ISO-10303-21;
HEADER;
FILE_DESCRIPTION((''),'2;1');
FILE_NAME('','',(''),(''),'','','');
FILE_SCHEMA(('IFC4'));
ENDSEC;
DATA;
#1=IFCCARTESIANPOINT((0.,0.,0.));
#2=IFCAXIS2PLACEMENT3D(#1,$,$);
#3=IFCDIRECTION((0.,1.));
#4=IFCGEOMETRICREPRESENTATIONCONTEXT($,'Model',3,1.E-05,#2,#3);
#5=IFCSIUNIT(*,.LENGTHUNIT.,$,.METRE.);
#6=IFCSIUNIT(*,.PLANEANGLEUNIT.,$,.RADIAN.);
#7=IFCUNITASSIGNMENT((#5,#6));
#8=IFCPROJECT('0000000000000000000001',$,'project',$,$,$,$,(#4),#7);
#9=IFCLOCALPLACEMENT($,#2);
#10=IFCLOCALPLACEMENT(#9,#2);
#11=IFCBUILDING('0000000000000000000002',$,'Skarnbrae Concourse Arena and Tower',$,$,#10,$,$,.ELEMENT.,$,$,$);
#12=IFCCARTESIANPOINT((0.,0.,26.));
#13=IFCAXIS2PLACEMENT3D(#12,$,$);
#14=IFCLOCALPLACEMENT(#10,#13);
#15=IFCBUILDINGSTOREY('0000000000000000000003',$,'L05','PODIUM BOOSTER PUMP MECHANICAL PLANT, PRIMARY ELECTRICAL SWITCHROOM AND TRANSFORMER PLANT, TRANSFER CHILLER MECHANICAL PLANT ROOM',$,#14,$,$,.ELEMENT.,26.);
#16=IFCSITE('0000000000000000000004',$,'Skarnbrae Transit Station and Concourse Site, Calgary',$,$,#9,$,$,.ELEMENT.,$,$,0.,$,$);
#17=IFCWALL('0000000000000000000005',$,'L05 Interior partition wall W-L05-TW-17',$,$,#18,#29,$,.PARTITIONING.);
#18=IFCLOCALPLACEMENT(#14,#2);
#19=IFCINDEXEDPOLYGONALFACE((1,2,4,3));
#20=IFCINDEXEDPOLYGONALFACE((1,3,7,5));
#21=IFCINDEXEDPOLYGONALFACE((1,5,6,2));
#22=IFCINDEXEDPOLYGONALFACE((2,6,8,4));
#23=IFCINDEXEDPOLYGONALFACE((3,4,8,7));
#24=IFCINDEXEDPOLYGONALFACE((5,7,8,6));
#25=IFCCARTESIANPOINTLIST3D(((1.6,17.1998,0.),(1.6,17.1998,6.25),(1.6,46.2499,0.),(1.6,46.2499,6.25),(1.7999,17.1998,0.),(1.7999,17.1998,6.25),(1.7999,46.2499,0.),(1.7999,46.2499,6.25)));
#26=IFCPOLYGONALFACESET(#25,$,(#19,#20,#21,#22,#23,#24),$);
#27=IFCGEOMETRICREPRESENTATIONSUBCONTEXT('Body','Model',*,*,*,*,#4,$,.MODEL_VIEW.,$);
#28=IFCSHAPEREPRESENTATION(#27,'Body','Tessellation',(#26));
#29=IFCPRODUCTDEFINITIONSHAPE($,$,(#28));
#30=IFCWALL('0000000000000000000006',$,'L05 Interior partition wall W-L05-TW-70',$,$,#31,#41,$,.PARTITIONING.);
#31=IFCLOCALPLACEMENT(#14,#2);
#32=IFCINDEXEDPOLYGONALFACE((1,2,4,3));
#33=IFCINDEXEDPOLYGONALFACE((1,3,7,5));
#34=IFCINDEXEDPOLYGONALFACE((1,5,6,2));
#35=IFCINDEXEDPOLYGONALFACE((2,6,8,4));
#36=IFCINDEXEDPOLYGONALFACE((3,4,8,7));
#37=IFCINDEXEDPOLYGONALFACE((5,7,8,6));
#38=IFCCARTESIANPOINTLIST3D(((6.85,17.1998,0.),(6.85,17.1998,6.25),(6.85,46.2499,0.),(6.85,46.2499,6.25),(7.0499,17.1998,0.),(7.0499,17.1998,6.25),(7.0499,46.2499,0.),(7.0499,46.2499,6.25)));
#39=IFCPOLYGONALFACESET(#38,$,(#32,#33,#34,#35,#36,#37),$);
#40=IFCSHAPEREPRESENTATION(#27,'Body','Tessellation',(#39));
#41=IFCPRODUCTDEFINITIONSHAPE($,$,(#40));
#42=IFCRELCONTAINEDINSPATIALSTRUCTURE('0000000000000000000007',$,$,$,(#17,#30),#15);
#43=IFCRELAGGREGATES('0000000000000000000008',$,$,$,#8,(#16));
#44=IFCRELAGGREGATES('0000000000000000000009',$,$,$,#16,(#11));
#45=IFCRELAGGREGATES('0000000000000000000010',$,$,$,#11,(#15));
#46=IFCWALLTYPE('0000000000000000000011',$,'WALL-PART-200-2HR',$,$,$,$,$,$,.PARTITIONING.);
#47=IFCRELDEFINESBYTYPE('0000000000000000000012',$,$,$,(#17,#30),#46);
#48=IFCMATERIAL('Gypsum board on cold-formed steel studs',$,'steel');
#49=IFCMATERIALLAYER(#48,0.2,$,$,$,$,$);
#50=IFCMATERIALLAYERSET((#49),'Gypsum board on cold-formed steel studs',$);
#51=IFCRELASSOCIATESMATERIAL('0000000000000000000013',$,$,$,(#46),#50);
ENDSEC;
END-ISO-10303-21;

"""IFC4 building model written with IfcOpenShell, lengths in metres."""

from ifc_helpers import new_model, si_unit, direction, frame, frame_2d, origin, place, context, subcontext, project, spatial, rectangle, extrude, source, transform, mapped, material, layer, layer_set, type_object, element, save


model = new_model("IFC4")

# Units and contexts
model_context = context("Model", 3, precision=1e-05, world=origin(), true_north=direction((0.0, 1.0)))
body_context = subcontext(model_context, "Body", "Model", "MODEL_VIEW")
ifc_project = project(units=[si_unit("LENGTHUNIT", "METRE"), si_unit("PLANEANGLEUNIT", "RADIAN")], contexts=[model_context])

# Site, building, storey
site_placement = place(None, origin())
site = spatial("IfcSite", under=ifc_project, at=site_placement, Name="Skarnbrae Transit Station and Concourse Site, Calgary", CompositionType="ELEMENT", RefElevation=0.0)
building_placement = place(site_placement, origin())
building = spatial("IfcBuilding", under=site, at=building_placement, Name="Skarnbrae Concourse Arena and Tower", CompositionType="ELEMENT")
storey_placement = place(building_placement, frame((0.0, 0.0, 26.0)))
storey = spatial("IfcBuildingStorey", under=building, at=storey_placement, Name="L05", Description="PODIUM BOOSTER PUMP MECHANICAL PLANT, PRIMARY ELECTRICAL SWITCHROOM AND TRANSFORMER PLANT, TRANSFER CHILLER MECHANICAL PLANT ROOM", CompositionType="ELEMENT", Elevation=26.0)

# Shared definitions
ifc_material_1 = material(Name="Gypsum board on cold-formed steel studs", Category="steel")
ifc_layer_1 = layer(ifc_material_1, 0.2)
ifc_layer_set_1 = layer_set([ifc_layer_1], Name="Gypsum board on cold-formed steel studs")
wall_type_1 = type_object("IfcWallType", Name="WALL-PART-200-2HR", PredefinedType="PARTITIONING", material=ifc_layer_set_1)

# Walls
shared_shape_1 = source(origin(), body_context, "Body", "SweptSolid", [
    extrude(rectangle(XDim=29.05, YDim=0.2, at=frame_2d((14.5249, 0.0))), origin(), (0.0, 0.0, 1.0), 6.25),
])
for number, where, z_axis, x_axis, name in (
    (1, (1.7, 17.2, 0.0), (0.0, 0.0, 1.0), (0.0, 1.0, 0.0), "L05 Interior partition wall W-L05-TW-17"),
    (2, (6.95, 17.2, 0.0), (0.0, 0.0, 1.0), (0.0, 1.0, 0.0), "L05 Interior partition wall W-L05-TW-70"),
):
    element("IfcWall", number, at=place(storey_placement, frame(where, z_axis=z_axis, x_axis=x_axis)), inside=storey, type_object=wall_type_1, Name=name, PredefinedType="PARTITIONING", context=body_context, shape_type="MappedRepresentation", body=[
        mapped(shared_shape_1, transform((0.0, 0.0, 0.0))),
    ])

save(model, "model.ifc")
